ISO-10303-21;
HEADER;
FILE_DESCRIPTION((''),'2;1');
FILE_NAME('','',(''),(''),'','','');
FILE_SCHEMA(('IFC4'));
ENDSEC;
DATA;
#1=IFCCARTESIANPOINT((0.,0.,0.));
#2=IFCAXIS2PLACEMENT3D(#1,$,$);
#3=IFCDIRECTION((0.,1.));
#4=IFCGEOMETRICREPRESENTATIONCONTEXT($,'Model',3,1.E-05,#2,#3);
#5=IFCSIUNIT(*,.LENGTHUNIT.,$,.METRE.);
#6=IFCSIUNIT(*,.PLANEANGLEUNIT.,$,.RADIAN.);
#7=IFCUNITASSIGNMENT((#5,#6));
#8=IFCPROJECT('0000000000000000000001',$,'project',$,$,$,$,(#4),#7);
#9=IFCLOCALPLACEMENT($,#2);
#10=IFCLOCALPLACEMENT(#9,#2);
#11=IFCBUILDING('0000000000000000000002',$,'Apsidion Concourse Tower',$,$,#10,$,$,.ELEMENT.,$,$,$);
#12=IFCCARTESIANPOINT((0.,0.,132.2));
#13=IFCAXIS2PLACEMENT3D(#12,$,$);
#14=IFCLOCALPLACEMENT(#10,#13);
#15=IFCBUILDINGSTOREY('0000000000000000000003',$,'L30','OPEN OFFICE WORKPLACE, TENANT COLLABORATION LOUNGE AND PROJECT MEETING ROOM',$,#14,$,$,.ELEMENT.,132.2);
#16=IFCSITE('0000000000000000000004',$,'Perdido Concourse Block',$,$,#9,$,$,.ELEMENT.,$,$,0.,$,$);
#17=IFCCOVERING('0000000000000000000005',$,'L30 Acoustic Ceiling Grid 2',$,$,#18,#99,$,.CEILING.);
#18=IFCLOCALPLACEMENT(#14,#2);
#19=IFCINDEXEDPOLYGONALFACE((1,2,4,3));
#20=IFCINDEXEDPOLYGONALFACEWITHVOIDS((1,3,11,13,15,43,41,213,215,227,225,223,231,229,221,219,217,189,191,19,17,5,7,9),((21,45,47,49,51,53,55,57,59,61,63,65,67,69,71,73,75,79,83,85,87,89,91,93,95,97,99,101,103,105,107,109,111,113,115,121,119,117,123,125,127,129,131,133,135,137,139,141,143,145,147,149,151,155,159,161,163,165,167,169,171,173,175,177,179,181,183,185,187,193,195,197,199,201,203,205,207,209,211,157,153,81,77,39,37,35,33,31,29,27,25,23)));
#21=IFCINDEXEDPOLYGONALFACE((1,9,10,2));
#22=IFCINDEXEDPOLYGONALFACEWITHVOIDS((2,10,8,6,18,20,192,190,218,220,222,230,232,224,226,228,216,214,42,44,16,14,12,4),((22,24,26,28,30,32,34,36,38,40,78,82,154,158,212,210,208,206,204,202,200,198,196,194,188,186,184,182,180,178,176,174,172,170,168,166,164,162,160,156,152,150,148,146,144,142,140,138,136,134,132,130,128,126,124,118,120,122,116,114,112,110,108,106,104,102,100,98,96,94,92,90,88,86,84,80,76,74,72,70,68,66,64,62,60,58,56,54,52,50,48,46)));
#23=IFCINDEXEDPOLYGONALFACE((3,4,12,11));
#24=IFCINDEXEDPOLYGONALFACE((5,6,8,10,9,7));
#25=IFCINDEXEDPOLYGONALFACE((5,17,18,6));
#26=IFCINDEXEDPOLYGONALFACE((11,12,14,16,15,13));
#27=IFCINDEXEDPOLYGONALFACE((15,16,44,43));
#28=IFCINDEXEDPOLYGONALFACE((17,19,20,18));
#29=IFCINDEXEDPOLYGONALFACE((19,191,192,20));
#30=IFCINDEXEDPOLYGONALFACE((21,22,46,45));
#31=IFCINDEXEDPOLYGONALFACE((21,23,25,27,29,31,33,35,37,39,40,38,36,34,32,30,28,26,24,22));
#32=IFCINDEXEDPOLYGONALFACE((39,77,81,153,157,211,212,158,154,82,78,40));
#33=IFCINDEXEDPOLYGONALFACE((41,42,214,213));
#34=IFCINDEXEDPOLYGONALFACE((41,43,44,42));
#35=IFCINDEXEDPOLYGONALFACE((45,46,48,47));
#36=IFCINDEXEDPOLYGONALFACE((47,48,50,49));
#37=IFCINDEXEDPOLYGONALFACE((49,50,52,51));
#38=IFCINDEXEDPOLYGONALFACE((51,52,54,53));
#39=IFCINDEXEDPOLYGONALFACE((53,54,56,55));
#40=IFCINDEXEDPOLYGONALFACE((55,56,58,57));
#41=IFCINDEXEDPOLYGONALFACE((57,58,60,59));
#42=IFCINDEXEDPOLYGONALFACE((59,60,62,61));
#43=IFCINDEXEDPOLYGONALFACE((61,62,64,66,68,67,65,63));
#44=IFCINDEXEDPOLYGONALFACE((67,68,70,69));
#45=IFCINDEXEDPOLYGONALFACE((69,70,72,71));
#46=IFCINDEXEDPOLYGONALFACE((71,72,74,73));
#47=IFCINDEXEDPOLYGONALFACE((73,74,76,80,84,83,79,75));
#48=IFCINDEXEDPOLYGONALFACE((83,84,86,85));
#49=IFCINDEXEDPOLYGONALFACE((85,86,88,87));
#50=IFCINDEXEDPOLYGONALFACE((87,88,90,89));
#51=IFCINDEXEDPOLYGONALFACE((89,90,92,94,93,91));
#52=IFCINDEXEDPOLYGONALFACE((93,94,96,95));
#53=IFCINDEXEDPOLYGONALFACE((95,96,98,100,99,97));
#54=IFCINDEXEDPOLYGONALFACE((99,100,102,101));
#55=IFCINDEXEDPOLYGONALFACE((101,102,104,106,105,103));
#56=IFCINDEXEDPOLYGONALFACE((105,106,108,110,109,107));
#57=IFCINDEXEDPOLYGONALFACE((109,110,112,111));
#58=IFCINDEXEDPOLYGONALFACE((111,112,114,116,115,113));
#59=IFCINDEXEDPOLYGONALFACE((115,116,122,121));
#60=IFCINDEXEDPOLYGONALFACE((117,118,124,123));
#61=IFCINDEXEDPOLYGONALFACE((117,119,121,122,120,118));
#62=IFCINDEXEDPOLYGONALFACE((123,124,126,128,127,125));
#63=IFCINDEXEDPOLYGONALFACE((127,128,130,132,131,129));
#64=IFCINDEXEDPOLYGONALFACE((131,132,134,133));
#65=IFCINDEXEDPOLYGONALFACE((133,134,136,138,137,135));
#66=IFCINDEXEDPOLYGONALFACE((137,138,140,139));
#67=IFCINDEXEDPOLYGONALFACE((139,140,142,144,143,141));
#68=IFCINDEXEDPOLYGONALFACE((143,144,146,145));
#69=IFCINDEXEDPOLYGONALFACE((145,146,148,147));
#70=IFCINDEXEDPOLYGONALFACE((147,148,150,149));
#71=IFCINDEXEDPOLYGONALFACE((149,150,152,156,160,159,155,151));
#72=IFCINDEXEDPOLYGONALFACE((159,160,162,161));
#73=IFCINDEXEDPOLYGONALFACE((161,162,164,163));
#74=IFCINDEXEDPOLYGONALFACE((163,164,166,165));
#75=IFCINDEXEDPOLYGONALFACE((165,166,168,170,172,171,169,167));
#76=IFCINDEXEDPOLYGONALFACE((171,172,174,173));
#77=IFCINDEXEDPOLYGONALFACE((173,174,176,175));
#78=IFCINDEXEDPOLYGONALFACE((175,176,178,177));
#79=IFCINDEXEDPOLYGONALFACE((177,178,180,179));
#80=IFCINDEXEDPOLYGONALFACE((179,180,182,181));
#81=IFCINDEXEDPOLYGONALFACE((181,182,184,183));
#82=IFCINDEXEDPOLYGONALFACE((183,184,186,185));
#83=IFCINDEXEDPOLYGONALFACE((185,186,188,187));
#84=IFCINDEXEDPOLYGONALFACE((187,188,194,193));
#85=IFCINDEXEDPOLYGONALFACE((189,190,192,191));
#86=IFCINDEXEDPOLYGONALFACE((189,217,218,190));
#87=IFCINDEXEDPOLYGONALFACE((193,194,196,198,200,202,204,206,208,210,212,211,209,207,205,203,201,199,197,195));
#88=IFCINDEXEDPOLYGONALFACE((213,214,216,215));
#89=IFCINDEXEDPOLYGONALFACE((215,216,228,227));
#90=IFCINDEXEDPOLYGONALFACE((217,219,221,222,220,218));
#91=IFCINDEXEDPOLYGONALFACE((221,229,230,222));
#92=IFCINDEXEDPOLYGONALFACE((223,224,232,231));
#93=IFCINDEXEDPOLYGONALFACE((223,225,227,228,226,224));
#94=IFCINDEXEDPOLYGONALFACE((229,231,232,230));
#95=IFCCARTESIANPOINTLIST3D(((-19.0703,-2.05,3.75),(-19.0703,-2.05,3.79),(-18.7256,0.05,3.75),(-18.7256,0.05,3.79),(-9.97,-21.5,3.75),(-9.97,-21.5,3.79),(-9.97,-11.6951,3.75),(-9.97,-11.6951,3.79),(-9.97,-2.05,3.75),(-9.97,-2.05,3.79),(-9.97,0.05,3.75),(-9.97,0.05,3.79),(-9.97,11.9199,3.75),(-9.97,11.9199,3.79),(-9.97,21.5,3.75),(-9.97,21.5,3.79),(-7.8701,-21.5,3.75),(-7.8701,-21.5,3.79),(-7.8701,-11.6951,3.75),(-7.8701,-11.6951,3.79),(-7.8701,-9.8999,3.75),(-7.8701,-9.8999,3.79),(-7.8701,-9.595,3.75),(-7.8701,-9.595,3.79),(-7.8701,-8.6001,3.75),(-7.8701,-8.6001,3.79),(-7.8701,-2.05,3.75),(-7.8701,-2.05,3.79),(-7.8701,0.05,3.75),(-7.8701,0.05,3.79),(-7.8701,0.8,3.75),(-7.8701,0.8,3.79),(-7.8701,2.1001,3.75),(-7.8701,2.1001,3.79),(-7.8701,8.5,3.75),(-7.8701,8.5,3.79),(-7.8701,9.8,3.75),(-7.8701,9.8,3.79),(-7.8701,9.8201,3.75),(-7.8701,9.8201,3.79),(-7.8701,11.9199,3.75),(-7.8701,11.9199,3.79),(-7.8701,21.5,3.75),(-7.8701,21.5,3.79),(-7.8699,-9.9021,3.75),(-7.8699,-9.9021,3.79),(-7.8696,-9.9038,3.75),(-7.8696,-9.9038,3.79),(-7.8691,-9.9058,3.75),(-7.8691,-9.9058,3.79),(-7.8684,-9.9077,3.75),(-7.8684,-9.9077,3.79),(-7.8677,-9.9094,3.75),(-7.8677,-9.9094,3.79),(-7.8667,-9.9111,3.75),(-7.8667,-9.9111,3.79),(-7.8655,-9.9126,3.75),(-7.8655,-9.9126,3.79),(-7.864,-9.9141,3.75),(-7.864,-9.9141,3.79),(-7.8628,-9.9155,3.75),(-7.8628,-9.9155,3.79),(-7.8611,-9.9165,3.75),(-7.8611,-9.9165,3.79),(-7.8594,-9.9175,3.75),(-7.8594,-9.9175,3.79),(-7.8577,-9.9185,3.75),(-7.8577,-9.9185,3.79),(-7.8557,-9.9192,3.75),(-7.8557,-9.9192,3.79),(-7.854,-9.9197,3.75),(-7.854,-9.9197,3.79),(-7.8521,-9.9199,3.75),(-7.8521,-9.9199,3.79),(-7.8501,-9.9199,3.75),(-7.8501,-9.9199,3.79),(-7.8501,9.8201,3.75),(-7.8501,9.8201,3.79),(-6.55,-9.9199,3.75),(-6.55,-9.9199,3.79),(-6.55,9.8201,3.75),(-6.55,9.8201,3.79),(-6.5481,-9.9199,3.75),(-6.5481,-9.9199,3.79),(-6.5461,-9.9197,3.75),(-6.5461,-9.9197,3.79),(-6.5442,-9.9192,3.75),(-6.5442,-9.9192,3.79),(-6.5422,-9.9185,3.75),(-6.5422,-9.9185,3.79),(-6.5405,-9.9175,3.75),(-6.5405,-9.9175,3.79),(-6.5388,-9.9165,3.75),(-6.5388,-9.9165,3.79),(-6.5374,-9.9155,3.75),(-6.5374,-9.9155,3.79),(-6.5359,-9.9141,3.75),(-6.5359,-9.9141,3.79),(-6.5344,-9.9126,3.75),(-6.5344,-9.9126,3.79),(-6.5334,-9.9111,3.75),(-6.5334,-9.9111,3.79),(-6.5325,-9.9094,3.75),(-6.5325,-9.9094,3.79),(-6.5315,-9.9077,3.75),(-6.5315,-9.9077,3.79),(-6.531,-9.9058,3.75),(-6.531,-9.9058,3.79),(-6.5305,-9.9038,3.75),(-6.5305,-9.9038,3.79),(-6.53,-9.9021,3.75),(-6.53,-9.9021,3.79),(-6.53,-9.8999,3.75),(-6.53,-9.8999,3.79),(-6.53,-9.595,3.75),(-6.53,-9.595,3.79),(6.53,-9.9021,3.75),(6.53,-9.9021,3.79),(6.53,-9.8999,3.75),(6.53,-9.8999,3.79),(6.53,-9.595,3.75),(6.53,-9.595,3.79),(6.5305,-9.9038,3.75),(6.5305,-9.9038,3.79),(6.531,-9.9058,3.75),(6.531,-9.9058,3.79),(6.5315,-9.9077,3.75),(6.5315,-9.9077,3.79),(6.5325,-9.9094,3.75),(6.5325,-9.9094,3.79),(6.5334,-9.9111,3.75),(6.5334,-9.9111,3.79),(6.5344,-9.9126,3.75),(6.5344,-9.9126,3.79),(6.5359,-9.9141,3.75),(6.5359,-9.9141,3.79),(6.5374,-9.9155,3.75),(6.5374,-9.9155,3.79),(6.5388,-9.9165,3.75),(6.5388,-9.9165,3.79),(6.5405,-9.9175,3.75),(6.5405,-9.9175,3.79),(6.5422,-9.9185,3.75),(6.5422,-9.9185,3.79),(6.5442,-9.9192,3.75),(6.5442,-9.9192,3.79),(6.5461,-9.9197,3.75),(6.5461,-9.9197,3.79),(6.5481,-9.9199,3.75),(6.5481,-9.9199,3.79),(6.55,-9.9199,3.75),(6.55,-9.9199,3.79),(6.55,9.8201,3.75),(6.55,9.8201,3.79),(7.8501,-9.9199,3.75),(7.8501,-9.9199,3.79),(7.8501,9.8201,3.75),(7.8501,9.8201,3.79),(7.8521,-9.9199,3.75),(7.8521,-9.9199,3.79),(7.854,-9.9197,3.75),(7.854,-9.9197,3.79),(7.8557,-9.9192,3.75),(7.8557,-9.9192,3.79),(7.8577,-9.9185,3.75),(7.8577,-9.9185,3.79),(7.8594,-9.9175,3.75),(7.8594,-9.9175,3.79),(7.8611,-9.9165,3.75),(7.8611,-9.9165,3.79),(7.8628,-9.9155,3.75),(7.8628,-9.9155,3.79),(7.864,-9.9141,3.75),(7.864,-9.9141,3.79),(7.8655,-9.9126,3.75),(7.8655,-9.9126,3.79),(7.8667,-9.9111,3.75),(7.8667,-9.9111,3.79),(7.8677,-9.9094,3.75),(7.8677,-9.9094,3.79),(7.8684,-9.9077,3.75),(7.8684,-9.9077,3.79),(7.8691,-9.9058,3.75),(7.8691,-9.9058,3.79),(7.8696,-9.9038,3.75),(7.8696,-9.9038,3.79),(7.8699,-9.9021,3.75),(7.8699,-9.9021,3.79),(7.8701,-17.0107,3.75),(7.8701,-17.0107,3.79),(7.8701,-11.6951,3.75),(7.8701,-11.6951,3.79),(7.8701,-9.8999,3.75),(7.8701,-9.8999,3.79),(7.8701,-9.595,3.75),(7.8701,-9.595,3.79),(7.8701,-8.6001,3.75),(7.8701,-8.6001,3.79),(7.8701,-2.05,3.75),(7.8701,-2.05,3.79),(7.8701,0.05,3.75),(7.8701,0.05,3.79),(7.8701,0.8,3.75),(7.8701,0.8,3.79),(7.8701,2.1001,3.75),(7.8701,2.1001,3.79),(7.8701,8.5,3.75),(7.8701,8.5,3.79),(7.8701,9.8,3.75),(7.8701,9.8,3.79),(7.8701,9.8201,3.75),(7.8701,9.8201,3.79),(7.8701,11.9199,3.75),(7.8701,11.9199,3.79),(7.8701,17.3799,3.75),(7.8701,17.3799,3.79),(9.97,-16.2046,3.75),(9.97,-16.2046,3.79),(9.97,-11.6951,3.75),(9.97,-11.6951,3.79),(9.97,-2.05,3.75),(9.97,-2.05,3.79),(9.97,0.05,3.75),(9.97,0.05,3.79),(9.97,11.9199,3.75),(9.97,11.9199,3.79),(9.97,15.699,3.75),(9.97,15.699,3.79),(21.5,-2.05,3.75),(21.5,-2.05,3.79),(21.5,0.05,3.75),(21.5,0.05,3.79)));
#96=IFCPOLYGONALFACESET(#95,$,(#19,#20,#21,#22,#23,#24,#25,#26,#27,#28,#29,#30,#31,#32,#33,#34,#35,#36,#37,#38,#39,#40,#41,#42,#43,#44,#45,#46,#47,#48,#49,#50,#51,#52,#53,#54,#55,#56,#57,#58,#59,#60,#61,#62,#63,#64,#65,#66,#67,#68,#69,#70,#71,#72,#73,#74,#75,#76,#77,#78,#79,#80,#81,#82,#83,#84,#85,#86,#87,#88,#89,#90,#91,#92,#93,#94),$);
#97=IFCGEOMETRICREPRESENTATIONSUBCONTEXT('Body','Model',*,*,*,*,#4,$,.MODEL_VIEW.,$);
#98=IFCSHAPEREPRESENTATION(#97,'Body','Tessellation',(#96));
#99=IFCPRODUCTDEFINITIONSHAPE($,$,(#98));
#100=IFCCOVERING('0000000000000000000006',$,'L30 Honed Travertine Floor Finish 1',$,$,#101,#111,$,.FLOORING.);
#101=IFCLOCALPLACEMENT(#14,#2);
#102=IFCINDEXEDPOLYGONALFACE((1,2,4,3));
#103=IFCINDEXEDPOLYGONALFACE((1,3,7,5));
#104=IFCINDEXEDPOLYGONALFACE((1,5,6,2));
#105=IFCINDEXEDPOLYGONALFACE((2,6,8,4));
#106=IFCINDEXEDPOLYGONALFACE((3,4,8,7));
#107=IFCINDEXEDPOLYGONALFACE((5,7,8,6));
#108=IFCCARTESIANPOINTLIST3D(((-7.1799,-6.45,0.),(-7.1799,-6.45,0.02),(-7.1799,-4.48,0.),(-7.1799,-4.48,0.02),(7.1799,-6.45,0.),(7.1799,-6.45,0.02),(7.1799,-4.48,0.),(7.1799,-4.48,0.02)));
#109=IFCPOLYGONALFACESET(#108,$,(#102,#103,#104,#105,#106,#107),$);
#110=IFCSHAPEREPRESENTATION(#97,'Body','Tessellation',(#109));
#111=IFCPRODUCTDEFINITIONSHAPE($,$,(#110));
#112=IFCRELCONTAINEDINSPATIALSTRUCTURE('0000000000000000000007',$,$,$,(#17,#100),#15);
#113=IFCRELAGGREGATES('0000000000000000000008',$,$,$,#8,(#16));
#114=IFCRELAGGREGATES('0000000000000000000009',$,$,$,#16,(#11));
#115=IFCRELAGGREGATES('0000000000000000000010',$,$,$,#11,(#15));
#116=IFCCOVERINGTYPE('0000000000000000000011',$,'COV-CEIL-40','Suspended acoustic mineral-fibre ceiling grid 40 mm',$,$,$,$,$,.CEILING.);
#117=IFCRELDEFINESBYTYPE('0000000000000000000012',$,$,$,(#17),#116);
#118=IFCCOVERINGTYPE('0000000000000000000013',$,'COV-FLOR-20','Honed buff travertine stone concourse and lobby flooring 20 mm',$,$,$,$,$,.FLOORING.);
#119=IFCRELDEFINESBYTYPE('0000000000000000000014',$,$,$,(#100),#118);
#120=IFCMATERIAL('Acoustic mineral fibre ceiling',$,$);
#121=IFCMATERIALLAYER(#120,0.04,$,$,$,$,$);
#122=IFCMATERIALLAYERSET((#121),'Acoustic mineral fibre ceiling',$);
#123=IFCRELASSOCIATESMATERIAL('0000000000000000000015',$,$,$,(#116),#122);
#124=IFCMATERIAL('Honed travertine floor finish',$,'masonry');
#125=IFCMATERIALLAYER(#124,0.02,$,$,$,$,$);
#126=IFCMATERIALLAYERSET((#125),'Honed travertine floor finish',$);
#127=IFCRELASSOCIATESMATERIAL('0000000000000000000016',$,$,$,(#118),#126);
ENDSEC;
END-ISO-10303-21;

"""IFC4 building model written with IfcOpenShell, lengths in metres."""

from ifc_helpers import new_model, si_unit, direction, frame, origin, place, context, subcontext, project, spatial, polyline, outline, extrude, material, layer, layer_set, type_object, element, save


model = new_model("IFC4")

# Units and contexts
model_context = context("Model", 3, precision=1e-05, world=origin(), true_north=direction((0.0, 1.0)))
body_context = subcontext(model_context, "Body", "Model", "MODEL_VIEW")
ifc_project = project(units=[si_unit("LENGTHUNIT", "METRE"), si_unit("PLANEANGLEUNIT", "RADIAN")], contexts=[model_context])

# Site, building, storey
site_placement = place(None, origin())
site = spatial("IfcSite", under=ifc_project, at=site_placement, Name="Perdido Concourse Block", CompositionType="ELEMENT", RefElevation=0.0)
building_placement = place(site_placement, origin())
building = spatial("IfcBuilding", under=site, at=building_placement, Name="Apsidion Concourse Tower", CompositionType="ELEMENT")
storey_placement = place(building_placement, frame((0.0, 0.0, 132.2)))
storey = spatial("IfcBuildingStorey", under=building, at=storey_placement, Name="L30", Description="OPEN OFFICE WORKPLACE, TENANT COLLABORATION LOUNGE AND PROJECT MEETING ROOM", CompositionType="ELEMENT", Elevation=132.2)

# Coverings
ifc_material_1 = material(Name="Acoustic mineral fibre ceiling")
ifc_layer_1 = layer(ifc_material_1, 0.04)
ifc_layer_set_1 = layer_set([ifc_layer_1], Name="Acoustic mineral fibre ceiling")
covering_type_1 = type_object("IfcCoveringType", Name="COV-CEIL-40", Description="Suspended acoustic mineral-fibre ceiling grid 40 mm", PredefinedType="CEILING", material=ifc_layer_set_1)
covering_1_placement = place(storey_placement, frame((0.0, 0.0, 3.75)))
element("IfcCovering", 1, at=covering_1_placement, inside=storey, type_object=covering_type_1, Name="L30 Acoustic Ceiling Grid 2", PredefinedType="CEILING", context=body_context, shape_type="SweptSolid", body=[
    extrude(outline(polyline([(9.97, -16.2046), (7.8701, -17.0107), (7.8701, -11.6951), (-7.8701, -11.6951), (-7.8701, -21.5), (-9.97, -21.5), (-9.97, -11.6951), (-9.97, -2.05), (-19.0703, -2.05), (-18.7256, 0.05), (-9.97, 0.05), (-9.97, 11.9199), (-9.97, 21.5), (-7.8701, 21.5), (-7.8701, 11.9199), (7.8701, 11.9199), (7.8701, 17.3799), (9.97, 15.699), (9.97, 11.9199), (9.97, 0.05), (21.5, 0.05), (21.5, -2.05), (9.97, -2.05), (9.97, -11.6951), (9.97, -16.2046)]), holes=[polyline([(7.8701, -8.6001), (7.8701, -2.05), (7.8701, 0.05), (7.8701, 0.8), (7.8701, 2.1001), (7.8701, 8.5), (7.8701, 9.8), (7.8701, 9.8201), (7.8501, 9.8201), (6.55, 9.8201), (-6.55, 9.8201), (-7.8501, 9.8201), (-7.8701, 9.8201), (-7.8701, 9.8), (-7.8701, 8.5), (-7.8701, 2.1001), (-7.8701, 0.8), (-7.8701, 0.05), (-7.8701, -2.05), (-7.8701, -8.6001), (-7.8701, -9.595), (-7.8701, -9.8999), (-7.8699, -9.9021), (-7.8696, -9.9038), (-7.8691, -9.9058), (-7.8684, -9.9077), (-7.8677, -9.9094), (-7.8667, -9.9111), (-7.8655, -9.9126), (-7.864, -9.9141), (-7.8628, -9.9155), (-7.8611, -9.9165), (-7.8594, -9.9175), (-7.8577, -9.9185), (-7.8557, -9.9192), (-7.854, -9.9197), (-7.8521, -9.9199), (-7.8501, -9.9199), (-6.55, -9.9199), (-6.5481, -9.9199), (-6.5461, -9.9197), (-6.5442, -9.9192), (-6.5422, -9.9185), (-6.5405, -9.9175), (-6.5388, -9.9165), (-6.5374, -9.9155), (-6.5359, -9.9141), (-6.5344, -9.9126), (-6.5334, -9.9111), (-6.5325, -9.9094), (-6.5315, -9.9077), (-6.531, -9.9058), (-6.5305, -9.9038), (-6.53, -9.9021), (-6.53, -9.8999), (-6.53, -9.595), (6.53, -9.595), (6.53, -9.8999), (6.53, -9.9021), (6.5305, -9.9038), (6.531, -9.9058), (6.5315, -9.9077), (6.5325, -9.9094), (6.5334, -9.9111), (6.5344, -9.9126), (6.5359, -9.9141), (6.5374, -9.9155), (6.5388, -9.9165), (6.5405, -9.9175), (6.5422, -9.9185), (6.5442, -9.9192), (6.5461, -9.9197), (6.5481, -9.9199), (6.55, -9.9199), (7.8501, -9.9199), (7.8521, -9.9199), (7.854, -9.9197), (7.8557, -9.9192), (7.8577, -9.9185), (7.8594, -9.9175), (7.8611, -9.9165), (7.8628, -9.9155), (7.864, -9.9141), (7.8655, -9.9126), (7.8667, -9.9111), (7.8677, -9.9094), (7.8684, -9.9077), (7.8691, -9.9058), (7.8696, -9.9038), (7.8699, -9.9021), (7.8701, -9.8999), (7.8701, -9.595), (7.8701, -8.6001)])]), origin(), (0.0, 0.0, 1.0), 0.04),
])
ifc_material_2 = material(Name="Honed travertine floor finish", Category="masonry")
ifc_layer_2 = layer(ifc_material_2, 0.02)
ifc_layer_set_2 = layer_set([ifc_layer_2], Name="Honed travertine floor finish")
covering_type_2 = type_object("IfcCoveringType", Name="COV-FLOR-20", Description="Honed buff travertine stone concourse and lobby flooring 20 mm", PredefinedType="FLOORING", material=ifc_layer_set_2)
covering_2_placement = place(storey_placement, origin())
element("IfcCovering", 2, at=covering_2_placement, inside=storey, type_object=covering_type_2, Name="L30 Honed Travertine Floor Finish 1", PredefinedType="FLOORING", context=body_context, shape_type="SweptSolid", body=[
    extrude(outline(polyline([(-7.1799, -6.45), (-7.1799, -4.48), (7.1799, -4.48), (7.1799, -6.45), (-7.1799, -6.45)])), origin(), (0.0, 0.0, 1.0), 0.02),
])

save(model, "model.ifc")
